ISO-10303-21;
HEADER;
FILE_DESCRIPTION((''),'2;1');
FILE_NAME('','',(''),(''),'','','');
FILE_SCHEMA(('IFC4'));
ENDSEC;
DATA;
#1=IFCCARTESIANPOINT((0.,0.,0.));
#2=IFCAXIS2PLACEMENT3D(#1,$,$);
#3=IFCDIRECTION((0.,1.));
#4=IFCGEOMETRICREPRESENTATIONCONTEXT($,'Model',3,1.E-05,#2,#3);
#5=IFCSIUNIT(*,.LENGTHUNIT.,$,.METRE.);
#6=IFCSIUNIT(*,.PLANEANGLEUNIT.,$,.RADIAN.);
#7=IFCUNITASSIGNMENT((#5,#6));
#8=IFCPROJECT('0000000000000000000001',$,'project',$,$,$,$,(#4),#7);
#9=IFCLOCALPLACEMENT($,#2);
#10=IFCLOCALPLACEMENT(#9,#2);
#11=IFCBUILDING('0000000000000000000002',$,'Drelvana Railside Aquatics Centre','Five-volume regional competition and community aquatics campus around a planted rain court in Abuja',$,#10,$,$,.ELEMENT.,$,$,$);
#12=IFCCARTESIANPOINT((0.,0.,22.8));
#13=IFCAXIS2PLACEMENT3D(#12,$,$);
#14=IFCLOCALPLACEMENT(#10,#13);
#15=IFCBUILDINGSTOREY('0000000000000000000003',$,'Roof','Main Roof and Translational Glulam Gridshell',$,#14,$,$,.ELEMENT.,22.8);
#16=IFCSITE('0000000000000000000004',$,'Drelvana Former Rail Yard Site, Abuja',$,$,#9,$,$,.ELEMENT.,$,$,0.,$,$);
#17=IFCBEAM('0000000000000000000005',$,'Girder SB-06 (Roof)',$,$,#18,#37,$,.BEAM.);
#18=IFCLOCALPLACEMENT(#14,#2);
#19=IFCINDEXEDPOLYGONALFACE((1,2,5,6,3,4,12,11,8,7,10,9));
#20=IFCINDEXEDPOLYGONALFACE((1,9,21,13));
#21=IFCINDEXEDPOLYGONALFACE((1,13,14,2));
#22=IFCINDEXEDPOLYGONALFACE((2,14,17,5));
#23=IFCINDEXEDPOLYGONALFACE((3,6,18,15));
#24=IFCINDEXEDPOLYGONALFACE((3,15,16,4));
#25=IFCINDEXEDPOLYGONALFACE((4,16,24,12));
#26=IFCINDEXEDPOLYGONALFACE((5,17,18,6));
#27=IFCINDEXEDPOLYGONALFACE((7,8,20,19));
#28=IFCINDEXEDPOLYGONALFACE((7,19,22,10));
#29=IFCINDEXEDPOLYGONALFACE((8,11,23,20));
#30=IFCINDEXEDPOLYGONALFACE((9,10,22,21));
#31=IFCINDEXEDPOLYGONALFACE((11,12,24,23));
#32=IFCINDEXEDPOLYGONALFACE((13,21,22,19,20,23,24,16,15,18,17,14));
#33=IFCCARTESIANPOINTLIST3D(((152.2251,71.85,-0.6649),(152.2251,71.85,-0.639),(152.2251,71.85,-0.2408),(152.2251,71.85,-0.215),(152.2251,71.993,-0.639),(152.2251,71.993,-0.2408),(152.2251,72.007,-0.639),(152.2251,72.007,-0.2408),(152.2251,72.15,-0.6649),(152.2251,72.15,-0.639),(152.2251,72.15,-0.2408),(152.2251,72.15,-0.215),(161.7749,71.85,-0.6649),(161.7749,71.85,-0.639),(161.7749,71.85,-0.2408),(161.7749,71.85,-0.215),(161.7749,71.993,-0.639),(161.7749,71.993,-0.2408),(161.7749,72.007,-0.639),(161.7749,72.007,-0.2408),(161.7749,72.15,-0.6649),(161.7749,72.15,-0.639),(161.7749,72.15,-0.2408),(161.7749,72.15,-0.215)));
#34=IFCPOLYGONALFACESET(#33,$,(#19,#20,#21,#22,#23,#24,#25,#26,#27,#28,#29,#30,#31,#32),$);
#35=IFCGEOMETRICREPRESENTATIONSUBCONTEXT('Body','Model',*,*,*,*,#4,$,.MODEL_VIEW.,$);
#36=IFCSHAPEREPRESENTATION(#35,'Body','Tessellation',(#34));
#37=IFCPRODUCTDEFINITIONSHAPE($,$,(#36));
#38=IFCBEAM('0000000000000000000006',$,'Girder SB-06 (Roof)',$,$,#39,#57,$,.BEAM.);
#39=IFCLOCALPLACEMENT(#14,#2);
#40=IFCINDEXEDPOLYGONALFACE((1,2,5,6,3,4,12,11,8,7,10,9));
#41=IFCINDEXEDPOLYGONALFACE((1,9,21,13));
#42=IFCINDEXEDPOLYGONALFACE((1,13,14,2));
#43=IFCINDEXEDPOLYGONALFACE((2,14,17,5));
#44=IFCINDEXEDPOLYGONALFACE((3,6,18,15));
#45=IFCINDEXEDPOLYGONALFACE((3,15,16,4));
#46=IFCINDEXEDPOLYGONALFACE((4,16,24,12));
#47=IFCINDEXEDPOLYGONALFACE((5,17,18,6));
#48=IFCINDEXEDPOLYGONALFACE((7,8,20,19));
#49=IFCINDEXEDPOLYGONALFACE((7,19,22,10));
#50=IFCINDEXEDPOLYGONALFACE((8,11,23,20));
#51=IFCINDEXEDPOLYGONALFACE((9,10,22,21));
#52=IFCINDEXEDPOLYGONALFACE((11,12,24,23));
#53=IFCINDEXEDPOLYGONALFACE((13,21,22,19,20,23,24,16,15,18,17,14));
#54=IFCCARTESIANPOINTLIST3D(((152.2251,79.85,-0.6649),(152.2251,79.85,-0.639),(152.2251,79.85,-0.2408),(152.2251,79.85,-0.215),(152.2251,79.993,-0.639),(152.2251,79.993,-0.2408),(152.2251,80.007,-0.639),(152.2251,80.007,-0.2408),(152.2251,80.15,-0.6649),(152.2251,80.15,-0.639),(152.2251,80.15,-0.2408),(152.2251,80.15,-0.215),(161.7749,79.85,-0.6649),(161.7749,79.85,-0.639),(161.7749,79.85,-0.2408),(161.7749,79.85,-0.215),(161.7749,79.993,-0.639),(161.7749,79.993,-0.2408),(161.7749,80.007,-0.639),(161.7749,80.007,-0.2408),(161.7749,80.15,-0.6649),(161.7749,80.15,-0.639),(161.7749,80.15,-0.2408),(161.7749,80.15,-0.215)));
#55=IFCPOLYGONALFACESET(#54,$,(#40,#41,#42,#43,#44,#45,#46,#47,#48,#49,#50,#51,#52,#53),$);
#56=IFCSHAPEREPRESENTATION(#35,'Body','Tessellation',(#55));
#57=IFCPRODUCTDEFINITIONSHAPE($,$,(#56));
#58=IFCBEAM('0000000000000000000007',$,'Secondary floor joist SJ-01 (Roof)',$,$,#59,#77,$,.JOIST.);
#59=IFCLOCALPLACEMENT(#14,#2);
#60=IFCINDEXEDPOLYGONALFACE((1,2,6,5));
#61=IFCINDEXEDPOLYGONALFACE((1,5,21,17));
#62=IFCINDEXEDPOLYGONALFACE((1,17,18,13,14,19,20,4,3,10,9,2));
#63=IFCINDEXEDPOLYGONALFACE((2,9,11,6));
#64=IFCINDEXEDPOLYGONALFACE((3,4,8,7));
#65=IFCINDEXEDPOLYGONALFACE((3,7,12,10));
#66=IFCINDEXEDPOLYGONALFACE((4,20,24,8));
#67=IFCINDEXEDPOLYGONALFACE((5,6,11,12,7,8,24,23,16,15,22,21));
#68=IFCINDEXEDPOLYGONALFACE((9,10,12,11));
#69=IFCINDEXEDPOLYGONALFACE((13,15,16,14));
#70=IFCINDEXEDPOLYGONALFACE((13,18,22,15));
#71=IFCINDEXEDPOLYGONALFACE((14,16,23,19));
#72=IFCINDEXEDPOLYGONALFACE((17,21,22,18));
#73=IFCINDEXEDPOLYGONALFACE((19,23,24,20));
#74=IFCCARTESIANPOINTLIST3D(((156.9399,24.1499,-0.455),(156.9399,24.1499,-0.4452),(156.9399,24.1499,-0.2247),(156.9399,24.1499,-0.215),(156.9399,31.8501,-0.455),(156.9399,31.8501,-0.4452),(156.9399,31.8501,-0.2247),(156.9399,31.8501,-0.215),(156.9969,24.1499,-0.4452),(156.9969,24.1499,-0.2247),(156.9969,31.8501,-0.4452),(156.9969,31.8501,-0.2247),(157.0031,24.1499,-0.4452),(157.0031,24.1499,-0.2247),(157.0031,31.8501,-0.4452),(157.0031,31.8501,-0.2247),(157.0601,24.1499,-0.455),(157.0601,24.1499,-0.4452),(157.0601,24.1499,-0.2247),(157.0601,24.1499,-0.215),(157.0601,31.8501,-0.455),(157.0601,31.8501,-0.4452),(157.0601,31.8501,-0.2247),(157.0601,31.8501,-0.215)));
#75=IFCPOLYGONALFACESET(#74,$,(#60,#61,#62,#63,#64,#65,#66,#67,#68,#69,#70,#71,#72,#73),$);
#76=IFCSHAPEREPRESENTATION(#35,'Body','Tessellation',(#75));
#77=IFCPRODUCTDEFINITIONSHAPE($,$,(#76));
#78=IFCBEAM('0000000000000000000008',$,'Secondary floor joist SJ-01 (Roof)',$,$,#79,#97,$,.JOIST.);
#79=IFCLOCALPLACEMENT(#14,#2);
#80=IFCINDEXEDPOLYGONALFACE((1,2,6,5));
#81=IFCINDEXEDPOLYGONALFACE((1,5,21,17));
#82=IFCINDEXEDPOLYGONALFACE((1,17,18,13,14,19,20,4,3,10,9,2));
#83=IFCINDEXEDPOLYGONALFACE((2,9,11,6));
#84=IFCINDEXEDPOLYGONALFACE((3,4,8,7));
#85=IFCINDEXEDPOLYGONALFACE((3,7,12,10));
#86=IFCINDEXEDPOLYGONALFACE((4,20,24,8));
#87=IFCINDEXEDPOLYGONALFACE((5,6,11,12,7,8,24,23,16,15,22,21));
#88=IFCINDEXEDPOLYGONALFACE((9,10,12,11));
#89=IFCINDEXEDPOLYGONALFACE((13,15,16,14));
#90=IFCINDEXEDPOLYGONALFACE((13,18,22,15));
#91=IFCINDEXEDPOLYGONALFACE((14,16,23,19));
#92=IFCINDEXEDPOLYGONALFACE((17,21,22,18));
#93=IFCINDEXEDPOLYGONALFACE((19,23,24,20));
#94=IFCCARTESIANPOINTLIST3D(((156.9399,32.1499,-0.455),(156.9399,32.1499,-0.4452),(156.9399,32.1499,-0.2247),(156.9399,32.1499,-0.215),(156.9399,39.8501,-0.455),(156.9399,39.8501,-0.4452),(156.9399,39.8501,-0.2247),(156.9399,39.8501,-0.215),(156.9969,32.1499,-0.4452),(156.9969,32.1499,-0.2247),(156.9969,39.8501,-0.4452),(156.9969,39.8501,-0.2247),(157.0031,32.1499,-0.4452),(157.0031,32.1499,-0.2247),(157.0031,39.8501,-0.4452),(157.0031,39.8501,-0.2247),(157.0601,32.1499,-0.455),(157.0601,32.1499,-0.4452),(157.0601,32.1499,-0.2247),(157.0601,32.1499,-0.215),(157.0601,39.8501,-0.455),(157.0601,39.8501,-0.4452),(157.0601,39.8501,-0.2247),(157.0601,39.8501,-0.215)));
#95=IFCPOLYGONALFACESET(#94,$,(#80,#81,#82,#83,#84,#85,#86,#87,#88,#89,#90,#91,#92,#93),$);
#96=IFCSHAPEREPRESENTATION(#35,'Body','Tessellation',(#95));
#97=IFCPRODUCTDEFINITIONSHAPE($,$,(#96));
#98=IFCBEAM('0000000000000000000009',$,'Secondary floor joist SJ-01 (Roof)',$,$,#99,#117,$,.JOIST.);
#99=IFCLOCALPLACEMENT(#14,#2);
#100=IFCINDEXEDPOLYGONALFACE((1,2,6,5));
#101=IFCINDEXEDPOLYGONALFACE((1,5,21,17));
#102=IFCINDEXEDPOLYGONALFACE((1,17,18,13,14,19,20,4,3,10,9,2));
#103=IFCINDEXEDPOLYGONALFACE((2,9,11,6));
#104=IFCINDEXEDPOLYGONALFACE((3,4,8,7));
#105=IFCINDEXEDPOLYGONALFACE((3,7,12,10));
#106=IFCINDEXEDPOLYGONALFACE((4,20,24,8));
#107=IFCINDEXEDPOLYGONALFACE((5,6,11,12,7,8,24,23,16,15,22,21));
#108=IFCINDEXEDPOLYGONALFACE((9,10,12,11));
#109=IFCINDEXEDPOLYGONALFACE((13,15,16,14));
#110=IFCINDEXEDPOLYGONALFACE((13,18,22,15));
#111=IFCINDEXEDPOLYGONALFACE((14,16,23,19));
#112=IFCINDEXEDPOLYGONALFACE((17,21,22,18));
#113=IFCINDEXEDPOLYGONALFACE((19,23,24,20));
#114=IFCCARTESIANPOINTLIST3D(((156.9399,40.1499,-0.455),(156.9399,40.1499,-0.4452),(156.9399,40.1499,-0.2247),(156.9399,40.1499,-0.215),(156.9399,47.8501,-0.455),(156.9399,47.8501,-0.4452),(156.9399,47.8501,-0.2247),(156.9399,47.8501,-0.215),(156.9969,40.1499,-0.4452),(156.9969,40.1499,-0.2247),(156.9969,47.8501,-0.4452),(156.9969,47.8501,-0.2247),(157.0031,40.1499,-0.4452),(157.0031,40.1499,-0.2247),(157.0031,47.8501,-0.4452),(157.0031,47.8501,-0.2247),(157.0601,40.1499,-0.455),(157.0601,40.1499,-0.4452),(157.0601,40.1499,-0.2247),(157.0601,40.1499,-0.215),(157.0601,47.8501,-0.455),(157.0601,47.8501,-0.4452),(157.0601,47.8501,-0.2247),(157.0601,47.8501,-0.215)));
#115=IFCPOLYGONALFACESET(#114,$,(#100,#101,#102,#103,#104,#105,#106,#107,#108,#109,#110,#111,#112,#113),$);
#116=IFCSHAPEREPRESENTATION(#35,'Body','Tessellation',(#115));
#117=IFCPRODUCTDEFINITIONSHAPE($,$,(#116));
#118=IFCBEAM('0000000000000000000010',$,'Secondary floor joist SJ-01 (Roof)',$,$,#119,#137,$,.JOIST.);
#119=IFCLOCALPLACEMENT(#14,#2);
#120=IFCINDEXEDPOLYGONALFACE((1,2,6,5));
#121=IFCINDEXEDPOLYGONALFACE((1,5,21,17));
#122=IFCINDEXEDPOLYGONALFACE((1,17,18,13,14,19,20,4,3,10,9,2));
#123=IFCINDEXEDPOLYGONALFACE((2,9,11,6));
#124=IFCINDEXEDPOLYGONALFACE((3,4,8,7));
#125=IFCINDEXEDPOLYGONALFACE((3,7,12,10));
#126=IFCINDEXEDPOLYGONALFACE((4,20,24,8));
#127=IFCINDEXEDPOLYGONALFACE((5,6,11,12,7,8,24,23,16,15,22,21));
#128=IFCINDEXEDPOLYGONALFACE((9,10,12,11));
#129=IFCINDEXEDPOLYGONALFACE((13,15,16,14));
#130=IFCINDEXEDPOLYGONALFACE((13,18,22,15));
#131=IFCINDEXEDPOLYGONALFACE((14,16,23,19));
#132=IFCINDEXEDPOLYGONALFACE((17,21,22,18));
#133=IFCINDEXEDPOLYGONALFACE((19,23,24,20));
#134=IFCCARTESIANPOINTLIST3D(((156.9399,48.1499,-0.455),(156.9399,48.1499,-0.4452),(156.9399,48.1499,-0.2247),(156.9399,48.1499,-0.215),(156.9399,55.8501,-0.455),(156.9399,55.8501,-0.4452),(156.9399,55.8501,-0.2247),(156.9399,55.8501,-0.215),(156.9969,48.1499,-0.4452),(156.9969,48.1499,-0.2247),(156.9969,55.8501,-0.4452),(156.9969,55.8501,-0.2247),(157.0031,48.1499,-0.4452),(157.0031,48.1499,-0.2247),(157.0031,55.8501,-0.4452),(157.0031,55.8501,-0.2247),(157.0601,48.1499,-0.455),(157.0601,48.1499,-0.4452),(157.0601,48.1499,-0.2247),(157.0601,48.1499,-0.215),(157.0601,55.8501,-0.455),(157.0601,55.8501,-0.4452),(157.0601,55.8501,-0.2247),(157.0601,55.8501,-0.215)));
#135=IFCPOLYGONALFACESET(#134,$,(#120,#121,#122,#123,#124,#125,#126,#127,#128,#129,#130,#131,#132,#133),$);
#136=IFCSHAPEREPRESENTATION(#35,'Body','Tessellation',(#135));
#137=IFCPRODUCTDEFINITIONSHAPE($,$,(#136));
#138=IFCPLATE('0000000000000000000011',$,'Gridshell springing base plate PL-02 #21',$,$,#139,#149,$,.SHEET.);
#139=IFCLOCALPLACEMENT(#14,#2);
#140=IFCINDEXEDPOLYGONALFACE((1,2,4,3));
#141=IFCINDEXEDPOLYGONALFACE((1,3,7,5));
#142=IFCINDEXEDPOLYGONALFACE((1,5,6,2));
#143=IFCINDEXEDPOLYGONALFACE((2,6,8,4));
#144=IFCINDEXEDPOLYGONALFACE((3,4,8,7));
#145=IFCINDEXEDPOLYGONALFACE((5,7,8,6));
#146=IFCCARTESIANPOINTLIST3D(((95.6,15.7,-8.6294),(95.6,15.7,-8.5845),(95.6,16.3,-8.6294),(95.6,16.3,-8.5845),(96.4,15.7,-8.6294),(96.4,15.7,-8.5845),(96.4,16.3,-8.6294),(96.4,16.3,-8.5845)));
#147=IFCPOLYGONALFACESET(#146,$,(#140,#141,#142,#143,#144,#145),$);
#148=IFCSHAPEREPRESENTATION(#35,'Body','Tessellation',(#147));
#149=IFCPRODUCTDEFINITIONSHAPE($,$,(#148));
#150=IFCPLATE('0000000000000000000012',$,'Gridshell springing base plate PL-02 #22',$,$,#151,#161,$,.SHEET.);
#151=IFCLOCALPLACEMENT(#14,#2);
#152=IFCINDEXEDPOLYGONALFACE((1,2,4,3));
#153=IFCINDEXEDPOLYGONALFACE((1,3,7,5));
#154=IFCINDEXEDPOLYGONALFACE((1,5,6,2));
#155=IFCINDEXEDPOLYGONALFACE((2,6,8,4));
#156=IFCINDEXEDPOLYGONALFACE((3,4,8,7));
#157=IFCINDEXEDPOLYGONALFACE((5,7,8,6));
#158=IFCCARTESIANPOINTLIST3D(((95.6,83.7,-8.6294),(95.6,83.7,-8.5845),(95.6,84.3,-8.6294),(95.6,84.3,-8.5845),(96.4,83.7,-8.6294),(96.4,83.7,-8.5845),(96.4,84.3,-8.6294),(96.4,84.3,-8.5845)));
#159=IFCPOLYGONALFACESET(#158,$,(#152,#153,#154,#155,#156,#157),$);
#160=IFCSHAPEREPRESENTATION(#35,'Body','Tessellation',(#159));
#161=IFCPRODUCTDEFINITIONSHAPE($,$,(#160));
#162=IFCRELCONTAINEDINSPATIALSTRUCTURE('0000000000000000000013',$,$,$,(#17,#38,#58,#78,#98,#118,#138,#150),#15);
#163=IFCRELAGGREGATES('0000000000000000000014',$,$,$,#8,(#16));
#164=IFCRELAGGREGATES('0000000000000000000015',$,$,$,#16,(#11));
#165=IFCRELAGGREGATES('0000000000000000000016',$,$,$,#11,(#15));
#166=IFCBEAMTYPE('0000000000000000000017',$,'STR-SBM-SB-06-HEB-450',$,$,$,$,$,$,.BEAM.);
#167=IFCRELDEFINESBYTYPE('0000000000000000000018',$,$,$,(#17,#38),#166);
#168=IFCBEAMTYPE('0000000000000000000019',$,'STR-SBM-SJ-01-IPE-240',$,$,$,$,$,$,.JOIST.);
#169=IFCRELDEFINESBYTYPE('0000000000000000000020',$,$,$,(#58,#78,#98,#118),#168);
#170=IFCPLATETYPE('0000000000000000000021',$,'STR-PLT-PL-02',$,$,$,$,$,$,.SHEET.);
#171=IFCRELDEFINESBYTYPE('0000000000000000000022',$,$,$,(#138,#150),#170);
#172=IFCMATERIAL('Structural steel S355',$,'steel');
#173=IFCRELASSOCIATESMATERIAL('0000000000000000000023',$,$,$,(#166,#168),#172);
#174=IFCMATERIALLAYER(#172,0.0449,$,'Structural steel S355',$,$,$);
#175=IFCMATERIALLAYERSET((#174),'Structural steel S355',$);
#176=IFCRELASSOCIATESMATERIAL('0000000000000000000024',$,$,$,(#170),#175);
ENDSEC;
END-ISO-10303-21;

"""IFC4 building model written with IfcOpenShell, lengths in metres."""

from ifc_helpers import new_model, si_unit, direction, frame, origin, origin_2d, place, context, subcontext, project, spatial, rectangle, i_section, extrude, material, layer, layer_set, material_profile, profile_set, type_object, element, save


model = new_model("IFC4")

# Units and contexts
model_context = context("Model", 3, precision=1e-05, world=origin(), true_north=direction((0.0, 1.0)))
body_context = subcontext(model_context, "Body", "Model", "MODEL_VIEW")
ifc_project = project(units=[si_unit("LENGTHUNIT", "METRE"), si_unit("PLANEANGLEUNIT", "RADIAN")], contexts=[model_context])

# Site, building, storey
site_placement = place(None, origin())
site = spatial("IfcSite", under=ifc_project, at=site_placement, Name="Drelvana Former Rail Yard Site, Abuja", CompositionType="ELEMENT", RefElevation=0.0)
building_placement = place(site_placement, origin())
building = spatial("IfcBuilding", under=site, at=building_placement, Name="Drelvana Railside Aquatics Centre", Description="Five-volume regional competition and community aquatics campus around a planted rain court in Abuja", CompositionType="ELEMENT")
storey_placement = place(building_placement, frame((0.0, 0.0, 22.8)))
storey = spatial("IfcBuildingStorey", under=building, at=storey_placement, Name="Roof", Description="Main Roof and Translational Glulam Gridshell", CompositionType="ELEMENT", Elevation=22.8)

# Beams
ifc_material = material(Name="Structural steel S355", Category="steel")
ifc_material_profile_1 = material_profile(ifc_material, i_section(OverallWidth=0.3, OverallDepth=0.45, WebThickness=0.0139, FlangeThickness=0.0259, at=origin_2d()), Name="HEB 450")
ifc_profile_set_1 = profile_set([ifc_material_profile_1], Name="Structural steel S355")
beam_type_1 = type_object("IfcBeamType", Name="STR-SBM-SB-06-HEB-450", PredefinedType="BEAM", material=ifc_profile_set_1)
for number, where, z_axis, x_axis, name in (
    (1, (152.2251, 72.0, -0.4399), (1.0, 0.0, 0.0), (0.0, 1.0, 0.0), "Girder SB-06 (Roof)"),
    (2, (152.2251, 80.0, -0.4399), (1.0, 0.0, 0.0), (0.0, 1.0, 0.0), "Girder SB-06 (Roof)"),
):
    element("IfcBeam", number, at=place(storey_placement, frame(where, z_axis=z_axis, x_axis=x_axis)), inside=storey, type_object=beam_type_1, Name=name, PredefinedType="BEAM", context=body_context, shape_type="SweptSolid", body=[
        extrude(i_section(OverallWidth=0.3, OverallDepth=0.45, WebThickness=0.0139, FlangeThickness=0.0259, at=origin_2d()), origin(), (0.0, 0.0, 1.0), 9.5498),
    ])
ifc_material_profile_2 = material_profile(ifc_material, i_section(OverallWidth=0.1201, OverallDepth=0.24, WebThickness=0.0061, FlangeThickness=0.0098, at=origin_2d()), Name="IPE 240")
ifc_profile_set_2 = profile_set([ifc_material_profile_2], Name="Structural steel S355")
beam_type_2 = type_object("IfcBeamType", Name="STR-SBM-SJ-01-IPE-240", PredefinedType="JOIST", material=ifc_profile_set_2)
for number, where, z_axis, x_axis, name in (
    (3, (157.0, 24.1499, -0.335), (0.0, 1.0, 0.0), (-1.0, 0.0, 0.0), "Secondary floor joist SJ-01 (Roof)"),
    (4, (157.0, 32.1499, -0.335), (0.0, 1.0, 0.0), (-1.0, 0.0, 0.0), "Secondary floor joist SJ-01 (Roof)"),
    (5, (157.0, 40.1499, -0.335), (0.0, 1.0, 0.0), (-1.0, 0.0, 0.0), "Secondary floor joist SJ-01 (Roof)"),
    (6, (157.0, 48.1499, -0.335), (0.0, 1.0, 0.0), (-1.0, 0.0, 0.0), "Secondary floor joist SJ-01 (Roof)"),
):
    element("IfcBeam", number, at=place(storey_placement, frame(where, z_axis=z_axis, x_axis=x_axis)), inside=storey, type_object=beam_type_2, Name=name, PredefinedType="JOIST", context=body_context, shape_type="SweptSolid", body=[
        extrude(i_section(OverallWidth=0.1201, OverallDepth=0.24, WebThickness=0.0061, FlangeThickness=0.0098, at=origin_2d()), origin(), (0.0, 0.0, 1.0), 7.7002),
    ])

# Plates
ifc_layer = layer(ifc_material, 0.0449, Name="Structural steel S355")
ifc_layer_set = layer_set([ifc_layer], Name="Structural steel S355")
plate_type = type_object("IfcPlateType", Name="STR-PLT-PL-02", PredefinedType="SHEET", material=ifc_layer_set)
for number, where, z_axis, x_axis, name in (
    (7, (96.0, 16.0, -8.6294), (0.0, 0.0, 1.0), (1.0, 0.0, 0.0), "Gridshell springing base plate PL-02 #21"),
    (8, (96.0, 84.0, -8.6294), (0.0, 0.0, 1.0), (1.0, 0.0, 0.0), "Gridshell springing base plate PL-02 #22"),
):
    element("IfcPlate", number, at=place(storey_placement, frame(where, z_axis=z_axis, x_axis=x_axis)), inside=storey, type_object=plate_type, Name=name, PredefinedType="SHEET", context=body_context, shape_type="SweptSolid", body=[
        extrude(rectangle(XDim=0.8, YDim=0.6001, at=origin_2d()), origin(), (0.0, 0.0, 1.0), 0.0449),
    ])

save(model, "model.ifc")
